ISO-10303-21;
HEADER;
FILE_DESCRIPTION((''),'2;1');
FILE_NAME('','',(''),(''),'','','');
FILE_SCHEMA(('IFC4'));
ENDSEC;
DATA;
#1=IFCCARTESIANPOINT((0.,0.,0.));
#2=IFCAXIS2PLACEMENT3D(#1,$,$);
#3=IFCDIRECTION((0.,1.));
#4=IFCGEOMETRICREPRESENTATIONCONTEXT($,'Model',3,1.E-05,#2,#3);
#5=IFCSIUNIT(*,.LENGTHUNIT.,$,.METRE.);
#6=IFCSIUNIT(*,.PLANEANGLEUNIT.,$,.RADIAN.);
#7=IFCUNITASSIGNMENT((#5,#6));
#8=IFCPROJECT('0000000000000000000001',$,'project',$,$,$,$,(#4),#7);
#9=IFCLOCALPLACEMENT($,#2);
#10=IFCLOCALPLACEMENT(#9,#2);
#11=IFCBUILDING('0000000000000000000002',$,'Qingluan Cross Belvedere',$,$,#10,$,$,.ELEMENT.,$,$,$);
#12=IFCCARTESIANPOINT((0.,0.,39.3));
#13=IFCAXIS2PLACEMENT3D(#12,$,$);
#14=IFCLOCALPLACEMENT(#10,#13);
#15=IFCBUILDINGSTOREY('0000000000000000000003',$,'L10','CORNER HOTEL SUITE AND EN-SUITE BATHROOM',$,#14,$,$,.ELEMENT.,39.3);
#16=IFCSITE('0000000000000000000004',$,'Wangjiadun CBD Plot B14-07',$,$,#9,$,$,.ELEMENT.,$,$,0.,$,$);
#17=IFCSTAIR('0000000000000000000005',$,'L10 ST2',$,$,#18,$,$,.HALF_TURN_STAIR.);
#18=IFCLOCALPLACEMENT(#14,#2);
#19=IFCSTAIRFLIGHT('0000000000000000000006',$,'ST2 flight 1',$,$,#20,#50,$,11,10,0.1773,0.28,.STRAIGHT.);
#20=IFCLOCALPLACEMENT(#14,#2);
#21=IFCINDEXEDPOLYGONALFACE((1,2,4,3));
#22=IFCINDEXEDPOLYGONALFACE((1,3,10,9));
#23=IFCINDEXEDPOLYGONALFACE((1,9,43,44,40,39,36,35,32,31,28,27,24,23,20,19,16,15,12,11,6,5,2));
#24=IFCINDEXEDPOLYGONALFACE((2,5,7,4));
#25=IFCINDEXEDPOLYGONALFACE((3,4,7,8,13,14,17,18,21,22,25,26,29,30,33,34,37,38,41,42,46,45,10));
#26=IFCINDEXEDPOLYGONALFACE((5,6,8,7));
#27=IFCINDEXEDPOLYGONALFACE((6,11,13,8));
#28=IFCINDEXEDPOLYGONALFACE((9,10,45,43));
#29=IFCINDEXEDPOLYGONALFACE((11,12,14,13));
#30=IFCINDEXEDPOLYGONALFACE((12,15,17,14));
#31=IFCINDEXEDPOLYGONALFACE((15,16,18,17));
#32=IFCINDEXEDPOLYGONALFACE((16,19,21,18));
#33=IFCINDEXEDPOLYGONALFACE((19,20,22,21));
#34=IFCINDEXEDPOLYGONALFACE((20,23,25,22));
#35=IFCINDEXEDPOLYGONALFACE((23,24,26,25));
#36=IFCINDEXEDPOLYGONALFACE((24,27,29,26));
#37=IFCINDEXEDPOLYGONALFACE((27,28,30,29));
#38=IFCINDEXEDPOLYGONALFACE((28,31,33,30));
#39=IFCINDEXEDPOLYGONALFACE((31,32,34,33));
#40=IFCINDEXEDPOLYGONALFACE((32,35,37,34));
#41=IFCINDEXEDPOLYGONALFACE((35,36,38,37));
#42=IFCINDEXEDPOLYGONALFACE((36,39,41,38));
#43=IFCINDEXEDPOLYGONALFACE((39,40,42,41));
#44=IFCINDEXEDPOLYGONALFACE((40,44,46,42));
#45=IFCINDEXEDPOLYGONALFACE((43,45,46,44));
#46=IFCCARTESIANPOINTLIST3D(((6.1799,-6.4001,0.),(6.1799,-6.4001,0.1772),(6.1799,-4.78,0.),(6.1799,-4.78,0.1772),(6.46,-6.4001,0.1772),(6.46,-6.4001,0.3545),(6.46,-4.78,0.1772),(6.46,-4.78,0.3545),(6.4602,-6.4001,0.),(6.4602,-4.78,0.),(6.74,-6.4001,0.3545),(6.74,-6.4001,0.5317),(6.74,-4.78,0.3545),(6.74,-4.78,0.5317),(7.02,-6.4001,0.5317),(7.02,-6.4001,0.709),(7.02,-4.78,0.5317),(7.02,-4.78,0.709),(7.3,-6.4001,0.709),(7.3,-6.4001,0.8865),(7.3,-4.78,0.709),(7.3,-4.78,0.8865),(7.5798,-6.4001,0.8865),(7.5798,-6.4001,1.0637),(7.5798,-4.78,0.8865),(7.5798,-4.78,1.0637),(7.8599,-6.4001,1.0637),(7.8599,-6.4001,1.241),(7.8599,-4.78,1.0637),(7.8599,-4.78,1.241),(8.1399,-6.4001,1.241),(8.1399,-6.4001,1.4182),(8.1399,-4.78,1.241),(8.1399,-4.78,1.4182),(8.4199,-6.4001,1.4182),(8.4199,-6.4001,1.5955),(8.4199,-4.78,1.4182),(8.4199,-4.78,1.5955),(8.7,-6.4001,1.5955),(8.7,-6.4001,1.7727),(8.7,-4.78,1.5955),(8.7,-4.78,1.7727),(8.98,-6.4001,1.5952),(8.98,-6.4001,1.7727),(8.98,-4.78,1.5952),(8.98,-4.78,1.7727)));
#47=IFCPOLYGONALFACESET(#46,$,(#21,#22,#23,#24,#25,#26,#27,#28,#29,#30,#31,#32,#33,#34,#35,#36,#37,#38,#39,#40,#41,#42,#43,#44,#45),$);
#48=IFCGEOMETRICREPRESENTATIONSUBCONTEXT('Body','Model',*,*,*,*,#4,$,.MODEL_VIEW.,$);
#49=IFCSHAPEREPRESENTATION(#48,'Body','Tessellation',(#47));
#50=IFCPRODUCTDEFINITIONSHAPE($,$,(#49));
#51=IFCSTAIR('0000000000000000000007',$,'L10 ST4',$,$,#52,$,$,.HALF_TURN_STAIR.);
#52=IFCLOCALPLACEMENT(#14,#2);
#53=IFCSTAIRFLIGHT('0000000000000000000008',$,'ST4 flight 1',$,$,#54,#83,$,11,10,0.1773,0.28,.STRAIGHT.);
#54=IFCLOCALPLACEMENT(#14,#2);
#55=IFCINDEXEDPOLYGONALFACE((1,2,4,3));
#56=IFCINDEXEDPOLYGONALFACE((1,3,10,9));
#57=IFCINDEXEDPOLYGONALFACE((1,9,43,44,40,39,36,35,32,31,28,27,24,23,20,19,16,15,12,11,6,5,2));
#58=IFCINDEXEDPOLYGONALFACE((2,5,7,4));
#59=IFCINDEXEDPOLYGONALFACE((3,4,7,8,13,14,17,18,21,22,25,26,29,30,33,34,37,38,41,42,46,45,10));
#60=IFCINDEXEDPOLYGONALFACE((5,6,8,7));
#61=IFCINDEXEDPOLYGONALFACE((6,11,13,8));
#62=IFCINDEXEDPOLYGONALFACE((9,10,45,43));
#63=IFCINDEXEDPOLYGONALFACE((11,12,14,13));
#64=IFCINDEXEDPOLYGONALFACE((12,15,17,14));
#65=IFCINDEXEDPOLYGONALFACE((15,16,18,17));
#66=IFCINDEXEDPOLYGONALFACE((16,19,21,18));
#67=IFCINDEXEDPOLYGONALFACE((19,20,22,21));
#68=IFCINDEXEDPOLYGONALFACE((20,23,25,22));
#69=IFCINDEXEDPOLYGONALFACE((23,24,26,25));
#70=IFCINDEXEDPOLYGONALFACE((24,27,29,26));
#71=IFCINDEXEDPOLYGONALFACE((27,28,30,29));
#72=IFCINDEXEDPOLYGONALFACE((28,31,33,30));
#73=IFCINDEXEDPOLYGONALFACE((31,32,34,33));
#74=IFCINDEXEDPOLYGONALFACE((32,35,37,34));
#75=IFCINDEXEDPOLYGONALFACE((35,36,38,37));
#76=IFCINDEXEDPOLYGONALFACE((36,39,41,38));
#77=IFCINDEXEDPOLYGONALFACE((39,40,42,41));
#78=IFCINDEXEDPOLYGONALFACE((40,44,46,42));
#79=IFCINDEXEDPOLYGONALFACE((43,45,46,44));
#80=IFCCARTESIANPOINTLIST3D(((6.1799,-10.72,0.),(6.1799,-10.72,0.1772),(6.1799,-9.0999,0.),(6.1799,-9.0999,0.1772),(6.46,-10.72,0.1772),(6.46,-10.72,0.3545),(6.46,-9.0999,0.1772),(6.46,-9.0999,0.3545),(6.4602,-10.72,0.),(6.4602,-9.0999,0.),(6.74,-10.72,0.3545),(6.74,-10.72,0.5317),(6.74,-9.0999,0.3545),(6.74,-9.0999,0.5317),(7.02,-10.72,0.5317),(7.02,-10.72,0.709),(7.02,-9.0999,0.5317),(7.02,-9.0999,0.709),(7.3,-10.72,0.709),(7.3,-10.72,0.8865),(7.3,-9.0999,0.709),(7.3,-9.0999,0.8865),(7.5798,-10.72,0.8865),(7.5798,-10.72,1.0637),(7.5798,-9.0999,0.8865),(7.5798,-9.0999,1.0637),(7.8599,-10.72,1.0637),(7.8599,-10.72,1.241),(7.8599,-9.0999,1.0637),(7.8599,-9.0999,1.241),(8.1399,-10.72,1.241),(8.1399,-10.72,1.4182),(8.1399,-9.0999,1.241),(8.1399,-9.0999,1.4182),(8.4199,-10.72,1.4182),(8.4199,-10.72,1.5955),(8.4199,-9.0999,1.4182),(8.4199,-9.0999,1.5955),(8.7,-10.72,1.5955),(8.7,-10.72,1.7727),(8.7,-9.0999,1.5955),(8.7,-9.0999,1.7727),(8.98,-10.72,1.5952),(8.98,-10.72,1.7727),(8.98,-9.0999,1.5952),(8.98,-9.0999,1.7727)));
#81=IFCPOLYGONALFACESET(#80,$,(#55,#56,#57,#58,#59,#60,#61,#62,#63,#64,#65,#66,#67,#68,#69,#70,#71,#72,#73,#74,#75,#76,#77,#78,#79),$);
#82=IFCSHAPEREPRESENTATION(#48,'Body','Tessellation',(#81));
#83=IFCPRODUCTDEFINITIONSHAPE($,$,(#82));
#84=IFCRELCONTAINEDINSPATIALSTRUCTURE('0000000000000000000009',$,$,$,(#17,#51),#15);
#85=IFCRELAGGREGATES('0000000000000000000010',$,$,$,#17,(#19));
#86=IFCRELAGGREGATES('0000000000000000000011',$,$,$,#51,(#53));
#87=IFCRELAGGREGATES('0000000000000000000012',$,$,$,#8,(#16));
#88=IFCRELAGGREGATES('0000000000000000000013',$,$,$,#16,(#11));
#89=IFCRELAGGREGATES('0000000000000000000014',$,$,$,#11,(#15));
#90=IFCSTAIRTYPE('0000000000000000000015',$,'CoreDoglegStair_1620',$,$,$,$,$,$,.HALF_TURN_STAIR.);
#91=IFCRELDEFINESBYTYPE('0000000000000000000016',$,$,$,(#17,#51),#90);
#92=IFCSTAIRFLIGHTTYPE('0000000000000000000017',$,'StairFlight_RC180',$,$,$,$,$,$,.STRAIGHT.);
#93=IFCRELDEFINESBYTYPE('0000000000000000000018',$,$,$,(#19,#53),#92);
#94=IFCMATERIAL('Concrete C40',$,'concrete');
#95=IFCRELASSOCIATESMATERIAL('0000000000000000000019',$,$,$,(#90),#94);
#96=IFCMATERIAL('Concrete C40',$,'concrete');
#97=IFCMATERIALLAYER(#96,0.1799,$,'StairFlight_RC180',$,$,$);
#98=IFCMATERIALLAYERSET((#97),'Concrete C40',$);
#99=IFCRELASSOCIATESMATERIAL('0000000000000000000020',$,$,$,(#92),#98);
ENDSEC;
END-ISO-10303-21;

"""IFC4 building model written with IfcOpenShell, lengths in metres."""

from ifc_helpers import new_model, si_unit, direction, frame, origin, place, context, subcontext, project, spatial, polyline, outline, extrude, material, layer, layer_set, type_object, element, aggregate, save


model = new_model("IFC4")

# Units and contexts
model_context = context("Model", 3, precision=1e-05, world=origin(), true_north=direction((0.0, 1.0)))
body_context = subcontext(model_context, "Body", "Model", "MODEL_VIEW")
ifc_project = project(units=[si_unit("LENGTHUNIT", "METRE"), si_unit("PLANEANGLEUNIT", "RADIAN")], contexts=[model_context])

# Site, building, storey
site_placement = place(None, origin())
site = spatial("IfcSite", under=ifc_project, at=site_placement, Name="Wangjiadun CBD Plot B14-07", CompositionType="ELEMENT", RefElevation=0.0)
building_placement = place(site_placement, origin())
building = spatial("IfcBuilding", under=site, at=building_placement, Name="Qingluan Cross Belvedere", CompositionType="ELEMENT")
storey_placement = place(building_placement, frame((0.0, 0.0, 39.3)))
storey = spatial("IfcBuildingStorey", under=building, at=storey_placement, Name="L10", Description="CORNER HOTEL SUITE AND EN-SUITE BATHROOM", CompositionType="ELEMENT", Elevation=39.3)

# Stairs, stair flights
ifc_material_1 = material(Name="Concrete C40", Category="concrete")
stair_type = type_object("IfcStairType", Name="CoreDoglegStair_1620", PredefinedType="HALF_TURN_STAIR", material=ifc_material_1)
stair_1_placement = place(storey_placement, origin())
stair_1 = element("IfcStair", 1, at=stair_1_placement, inside=storey, type_object=stair_type, Name="L10 ST2", PredefinedType="HALF_TURN_STAIR")
ifc_material_2 = material(Name="Concrete C40", Category="concrete")
ifc_layer_1 = layer(ifc_material_2, 0.1799, Name="StairFlight_RC180")
ifc_layer_set_1 = layer_set([ifc_layer_1], Name="Concrete C40")
stair_flight_type = type_object("IfcStairFlightType", Name="StairFlight_RC180", PredefinedType="STRAIGHT", material=ifc_layer_set_1)
stair_flight_1_placement = place(storey_placement, frame((6.1799, -5.5901, 0.0), z_axis=(0.0, 0.0, 1.0), x_axis=(1.0, 0.0, 0.0)))
stair_flight_1 = element("IfcStairFlight", 2, at=stair_flight_1_placement, type_object=stair_flight_type, Name="ST2 flight 1", NumberOfRisers=11, NumberOfTreads=10, PredefinedType="STRAIGHT", RiserHeight=0.1773, TreadLength=0.28, context=body_context, shape_type="SweptSolid", body=[
    extrude(outline(polyline([(0.0, 0.0), (0.0, 0.1772), (0.28, 0.1772), (0.28, 0.3545), (0.5601, 0.3545), (0.5601, 0.5317), (0.8401, 0.5317), (0.8401, 0.709), (1.1201, 0.709), (1.1201, 0.8865), (1.3999, 0.8865), (1.3999, 1.0637), (1.6799, 1.0637), (1.6799, 1.241), (1.96, 1.241), (1.96, 1.4182), (2.24, 1.4182), (2.24, 1.5955), (2.52, 1.5955), (2.52, 1.7727), (2.8, 1.7727), (2.8, 1.95), (2.8, 1.5952), (0.2803, 0.0), (0.0, 0.0)])), frame((0.0, 0.8101, 0.0), z_axis=(0.0, -1.0, 0.0), x_axis=(1.0, 0.0, 0.0)), (0.0, 0.0, 1.0), 1.6201),
])
aggregate(stair_1, [stair_flight_1])
stair_2_placement = place(storey_placement, origin())
stair_2 = element("IfcStair", 3, at=stair_2_placement, inside=storey, type_object=stair_type, Name="L10 ST4", PredefinedType="HALF_TURN_STAIR")
stair_flight_2_placement = place(storey_placement, frame((6.1799, -9.9099, 0.0), z_axis=(0.0, 0.0, 1.0), x_axis=(1.0, 0.0, 0.0)))
stair_flight_2 = element("IfcStairFlight", 4, at=stair_flight_2_placement, type_object=stair_flight_type, Name="ST4 flight 1", NumberOfRisers=11, NumberOfTreads=10, PredefinedType="STRAIGHT", RiserHeight=0.1773, TreadLength=0.28, context=body_context, shape_type="SweptSolid", body=[
    extrude(outline(polyline([(0.0, 0.0), (0.0, 0.1772), (0.28, 0.1772), (0.28, 0.3545), (0.5601, 0.3545), (0.5601, 0.5317), (0.8401, 0.5317), (0.8401, 0.709), (1.1201, 0.709), (1.1201, 0.8865), (1.3999, 0.8865), (1.3999, 1.0637), (1.6799, 1.0637), (1.6799, 1.241), (1.96, 1.241), (1.96, 1.4182), (2.24, 1.4182), (2.24, 1.5955), (2.52, 1.5955), (2.52, 1.7727), (2.8, 1.7727), (2.8, 1.95), (2.8, 1.5952), (0.2803, 0.0), (0.0, 0.0)])), frame((0.0, 0.8101, 0.0), z_axis=(0.0, -1.0, 0.0), x_axis=(1.0, 0.0, 0.0)), (0.0, 0.0, 1.0), 1.6201),
])
aggregate(stair_2, [stair_flight_2])

save(model, "model.ifc")
